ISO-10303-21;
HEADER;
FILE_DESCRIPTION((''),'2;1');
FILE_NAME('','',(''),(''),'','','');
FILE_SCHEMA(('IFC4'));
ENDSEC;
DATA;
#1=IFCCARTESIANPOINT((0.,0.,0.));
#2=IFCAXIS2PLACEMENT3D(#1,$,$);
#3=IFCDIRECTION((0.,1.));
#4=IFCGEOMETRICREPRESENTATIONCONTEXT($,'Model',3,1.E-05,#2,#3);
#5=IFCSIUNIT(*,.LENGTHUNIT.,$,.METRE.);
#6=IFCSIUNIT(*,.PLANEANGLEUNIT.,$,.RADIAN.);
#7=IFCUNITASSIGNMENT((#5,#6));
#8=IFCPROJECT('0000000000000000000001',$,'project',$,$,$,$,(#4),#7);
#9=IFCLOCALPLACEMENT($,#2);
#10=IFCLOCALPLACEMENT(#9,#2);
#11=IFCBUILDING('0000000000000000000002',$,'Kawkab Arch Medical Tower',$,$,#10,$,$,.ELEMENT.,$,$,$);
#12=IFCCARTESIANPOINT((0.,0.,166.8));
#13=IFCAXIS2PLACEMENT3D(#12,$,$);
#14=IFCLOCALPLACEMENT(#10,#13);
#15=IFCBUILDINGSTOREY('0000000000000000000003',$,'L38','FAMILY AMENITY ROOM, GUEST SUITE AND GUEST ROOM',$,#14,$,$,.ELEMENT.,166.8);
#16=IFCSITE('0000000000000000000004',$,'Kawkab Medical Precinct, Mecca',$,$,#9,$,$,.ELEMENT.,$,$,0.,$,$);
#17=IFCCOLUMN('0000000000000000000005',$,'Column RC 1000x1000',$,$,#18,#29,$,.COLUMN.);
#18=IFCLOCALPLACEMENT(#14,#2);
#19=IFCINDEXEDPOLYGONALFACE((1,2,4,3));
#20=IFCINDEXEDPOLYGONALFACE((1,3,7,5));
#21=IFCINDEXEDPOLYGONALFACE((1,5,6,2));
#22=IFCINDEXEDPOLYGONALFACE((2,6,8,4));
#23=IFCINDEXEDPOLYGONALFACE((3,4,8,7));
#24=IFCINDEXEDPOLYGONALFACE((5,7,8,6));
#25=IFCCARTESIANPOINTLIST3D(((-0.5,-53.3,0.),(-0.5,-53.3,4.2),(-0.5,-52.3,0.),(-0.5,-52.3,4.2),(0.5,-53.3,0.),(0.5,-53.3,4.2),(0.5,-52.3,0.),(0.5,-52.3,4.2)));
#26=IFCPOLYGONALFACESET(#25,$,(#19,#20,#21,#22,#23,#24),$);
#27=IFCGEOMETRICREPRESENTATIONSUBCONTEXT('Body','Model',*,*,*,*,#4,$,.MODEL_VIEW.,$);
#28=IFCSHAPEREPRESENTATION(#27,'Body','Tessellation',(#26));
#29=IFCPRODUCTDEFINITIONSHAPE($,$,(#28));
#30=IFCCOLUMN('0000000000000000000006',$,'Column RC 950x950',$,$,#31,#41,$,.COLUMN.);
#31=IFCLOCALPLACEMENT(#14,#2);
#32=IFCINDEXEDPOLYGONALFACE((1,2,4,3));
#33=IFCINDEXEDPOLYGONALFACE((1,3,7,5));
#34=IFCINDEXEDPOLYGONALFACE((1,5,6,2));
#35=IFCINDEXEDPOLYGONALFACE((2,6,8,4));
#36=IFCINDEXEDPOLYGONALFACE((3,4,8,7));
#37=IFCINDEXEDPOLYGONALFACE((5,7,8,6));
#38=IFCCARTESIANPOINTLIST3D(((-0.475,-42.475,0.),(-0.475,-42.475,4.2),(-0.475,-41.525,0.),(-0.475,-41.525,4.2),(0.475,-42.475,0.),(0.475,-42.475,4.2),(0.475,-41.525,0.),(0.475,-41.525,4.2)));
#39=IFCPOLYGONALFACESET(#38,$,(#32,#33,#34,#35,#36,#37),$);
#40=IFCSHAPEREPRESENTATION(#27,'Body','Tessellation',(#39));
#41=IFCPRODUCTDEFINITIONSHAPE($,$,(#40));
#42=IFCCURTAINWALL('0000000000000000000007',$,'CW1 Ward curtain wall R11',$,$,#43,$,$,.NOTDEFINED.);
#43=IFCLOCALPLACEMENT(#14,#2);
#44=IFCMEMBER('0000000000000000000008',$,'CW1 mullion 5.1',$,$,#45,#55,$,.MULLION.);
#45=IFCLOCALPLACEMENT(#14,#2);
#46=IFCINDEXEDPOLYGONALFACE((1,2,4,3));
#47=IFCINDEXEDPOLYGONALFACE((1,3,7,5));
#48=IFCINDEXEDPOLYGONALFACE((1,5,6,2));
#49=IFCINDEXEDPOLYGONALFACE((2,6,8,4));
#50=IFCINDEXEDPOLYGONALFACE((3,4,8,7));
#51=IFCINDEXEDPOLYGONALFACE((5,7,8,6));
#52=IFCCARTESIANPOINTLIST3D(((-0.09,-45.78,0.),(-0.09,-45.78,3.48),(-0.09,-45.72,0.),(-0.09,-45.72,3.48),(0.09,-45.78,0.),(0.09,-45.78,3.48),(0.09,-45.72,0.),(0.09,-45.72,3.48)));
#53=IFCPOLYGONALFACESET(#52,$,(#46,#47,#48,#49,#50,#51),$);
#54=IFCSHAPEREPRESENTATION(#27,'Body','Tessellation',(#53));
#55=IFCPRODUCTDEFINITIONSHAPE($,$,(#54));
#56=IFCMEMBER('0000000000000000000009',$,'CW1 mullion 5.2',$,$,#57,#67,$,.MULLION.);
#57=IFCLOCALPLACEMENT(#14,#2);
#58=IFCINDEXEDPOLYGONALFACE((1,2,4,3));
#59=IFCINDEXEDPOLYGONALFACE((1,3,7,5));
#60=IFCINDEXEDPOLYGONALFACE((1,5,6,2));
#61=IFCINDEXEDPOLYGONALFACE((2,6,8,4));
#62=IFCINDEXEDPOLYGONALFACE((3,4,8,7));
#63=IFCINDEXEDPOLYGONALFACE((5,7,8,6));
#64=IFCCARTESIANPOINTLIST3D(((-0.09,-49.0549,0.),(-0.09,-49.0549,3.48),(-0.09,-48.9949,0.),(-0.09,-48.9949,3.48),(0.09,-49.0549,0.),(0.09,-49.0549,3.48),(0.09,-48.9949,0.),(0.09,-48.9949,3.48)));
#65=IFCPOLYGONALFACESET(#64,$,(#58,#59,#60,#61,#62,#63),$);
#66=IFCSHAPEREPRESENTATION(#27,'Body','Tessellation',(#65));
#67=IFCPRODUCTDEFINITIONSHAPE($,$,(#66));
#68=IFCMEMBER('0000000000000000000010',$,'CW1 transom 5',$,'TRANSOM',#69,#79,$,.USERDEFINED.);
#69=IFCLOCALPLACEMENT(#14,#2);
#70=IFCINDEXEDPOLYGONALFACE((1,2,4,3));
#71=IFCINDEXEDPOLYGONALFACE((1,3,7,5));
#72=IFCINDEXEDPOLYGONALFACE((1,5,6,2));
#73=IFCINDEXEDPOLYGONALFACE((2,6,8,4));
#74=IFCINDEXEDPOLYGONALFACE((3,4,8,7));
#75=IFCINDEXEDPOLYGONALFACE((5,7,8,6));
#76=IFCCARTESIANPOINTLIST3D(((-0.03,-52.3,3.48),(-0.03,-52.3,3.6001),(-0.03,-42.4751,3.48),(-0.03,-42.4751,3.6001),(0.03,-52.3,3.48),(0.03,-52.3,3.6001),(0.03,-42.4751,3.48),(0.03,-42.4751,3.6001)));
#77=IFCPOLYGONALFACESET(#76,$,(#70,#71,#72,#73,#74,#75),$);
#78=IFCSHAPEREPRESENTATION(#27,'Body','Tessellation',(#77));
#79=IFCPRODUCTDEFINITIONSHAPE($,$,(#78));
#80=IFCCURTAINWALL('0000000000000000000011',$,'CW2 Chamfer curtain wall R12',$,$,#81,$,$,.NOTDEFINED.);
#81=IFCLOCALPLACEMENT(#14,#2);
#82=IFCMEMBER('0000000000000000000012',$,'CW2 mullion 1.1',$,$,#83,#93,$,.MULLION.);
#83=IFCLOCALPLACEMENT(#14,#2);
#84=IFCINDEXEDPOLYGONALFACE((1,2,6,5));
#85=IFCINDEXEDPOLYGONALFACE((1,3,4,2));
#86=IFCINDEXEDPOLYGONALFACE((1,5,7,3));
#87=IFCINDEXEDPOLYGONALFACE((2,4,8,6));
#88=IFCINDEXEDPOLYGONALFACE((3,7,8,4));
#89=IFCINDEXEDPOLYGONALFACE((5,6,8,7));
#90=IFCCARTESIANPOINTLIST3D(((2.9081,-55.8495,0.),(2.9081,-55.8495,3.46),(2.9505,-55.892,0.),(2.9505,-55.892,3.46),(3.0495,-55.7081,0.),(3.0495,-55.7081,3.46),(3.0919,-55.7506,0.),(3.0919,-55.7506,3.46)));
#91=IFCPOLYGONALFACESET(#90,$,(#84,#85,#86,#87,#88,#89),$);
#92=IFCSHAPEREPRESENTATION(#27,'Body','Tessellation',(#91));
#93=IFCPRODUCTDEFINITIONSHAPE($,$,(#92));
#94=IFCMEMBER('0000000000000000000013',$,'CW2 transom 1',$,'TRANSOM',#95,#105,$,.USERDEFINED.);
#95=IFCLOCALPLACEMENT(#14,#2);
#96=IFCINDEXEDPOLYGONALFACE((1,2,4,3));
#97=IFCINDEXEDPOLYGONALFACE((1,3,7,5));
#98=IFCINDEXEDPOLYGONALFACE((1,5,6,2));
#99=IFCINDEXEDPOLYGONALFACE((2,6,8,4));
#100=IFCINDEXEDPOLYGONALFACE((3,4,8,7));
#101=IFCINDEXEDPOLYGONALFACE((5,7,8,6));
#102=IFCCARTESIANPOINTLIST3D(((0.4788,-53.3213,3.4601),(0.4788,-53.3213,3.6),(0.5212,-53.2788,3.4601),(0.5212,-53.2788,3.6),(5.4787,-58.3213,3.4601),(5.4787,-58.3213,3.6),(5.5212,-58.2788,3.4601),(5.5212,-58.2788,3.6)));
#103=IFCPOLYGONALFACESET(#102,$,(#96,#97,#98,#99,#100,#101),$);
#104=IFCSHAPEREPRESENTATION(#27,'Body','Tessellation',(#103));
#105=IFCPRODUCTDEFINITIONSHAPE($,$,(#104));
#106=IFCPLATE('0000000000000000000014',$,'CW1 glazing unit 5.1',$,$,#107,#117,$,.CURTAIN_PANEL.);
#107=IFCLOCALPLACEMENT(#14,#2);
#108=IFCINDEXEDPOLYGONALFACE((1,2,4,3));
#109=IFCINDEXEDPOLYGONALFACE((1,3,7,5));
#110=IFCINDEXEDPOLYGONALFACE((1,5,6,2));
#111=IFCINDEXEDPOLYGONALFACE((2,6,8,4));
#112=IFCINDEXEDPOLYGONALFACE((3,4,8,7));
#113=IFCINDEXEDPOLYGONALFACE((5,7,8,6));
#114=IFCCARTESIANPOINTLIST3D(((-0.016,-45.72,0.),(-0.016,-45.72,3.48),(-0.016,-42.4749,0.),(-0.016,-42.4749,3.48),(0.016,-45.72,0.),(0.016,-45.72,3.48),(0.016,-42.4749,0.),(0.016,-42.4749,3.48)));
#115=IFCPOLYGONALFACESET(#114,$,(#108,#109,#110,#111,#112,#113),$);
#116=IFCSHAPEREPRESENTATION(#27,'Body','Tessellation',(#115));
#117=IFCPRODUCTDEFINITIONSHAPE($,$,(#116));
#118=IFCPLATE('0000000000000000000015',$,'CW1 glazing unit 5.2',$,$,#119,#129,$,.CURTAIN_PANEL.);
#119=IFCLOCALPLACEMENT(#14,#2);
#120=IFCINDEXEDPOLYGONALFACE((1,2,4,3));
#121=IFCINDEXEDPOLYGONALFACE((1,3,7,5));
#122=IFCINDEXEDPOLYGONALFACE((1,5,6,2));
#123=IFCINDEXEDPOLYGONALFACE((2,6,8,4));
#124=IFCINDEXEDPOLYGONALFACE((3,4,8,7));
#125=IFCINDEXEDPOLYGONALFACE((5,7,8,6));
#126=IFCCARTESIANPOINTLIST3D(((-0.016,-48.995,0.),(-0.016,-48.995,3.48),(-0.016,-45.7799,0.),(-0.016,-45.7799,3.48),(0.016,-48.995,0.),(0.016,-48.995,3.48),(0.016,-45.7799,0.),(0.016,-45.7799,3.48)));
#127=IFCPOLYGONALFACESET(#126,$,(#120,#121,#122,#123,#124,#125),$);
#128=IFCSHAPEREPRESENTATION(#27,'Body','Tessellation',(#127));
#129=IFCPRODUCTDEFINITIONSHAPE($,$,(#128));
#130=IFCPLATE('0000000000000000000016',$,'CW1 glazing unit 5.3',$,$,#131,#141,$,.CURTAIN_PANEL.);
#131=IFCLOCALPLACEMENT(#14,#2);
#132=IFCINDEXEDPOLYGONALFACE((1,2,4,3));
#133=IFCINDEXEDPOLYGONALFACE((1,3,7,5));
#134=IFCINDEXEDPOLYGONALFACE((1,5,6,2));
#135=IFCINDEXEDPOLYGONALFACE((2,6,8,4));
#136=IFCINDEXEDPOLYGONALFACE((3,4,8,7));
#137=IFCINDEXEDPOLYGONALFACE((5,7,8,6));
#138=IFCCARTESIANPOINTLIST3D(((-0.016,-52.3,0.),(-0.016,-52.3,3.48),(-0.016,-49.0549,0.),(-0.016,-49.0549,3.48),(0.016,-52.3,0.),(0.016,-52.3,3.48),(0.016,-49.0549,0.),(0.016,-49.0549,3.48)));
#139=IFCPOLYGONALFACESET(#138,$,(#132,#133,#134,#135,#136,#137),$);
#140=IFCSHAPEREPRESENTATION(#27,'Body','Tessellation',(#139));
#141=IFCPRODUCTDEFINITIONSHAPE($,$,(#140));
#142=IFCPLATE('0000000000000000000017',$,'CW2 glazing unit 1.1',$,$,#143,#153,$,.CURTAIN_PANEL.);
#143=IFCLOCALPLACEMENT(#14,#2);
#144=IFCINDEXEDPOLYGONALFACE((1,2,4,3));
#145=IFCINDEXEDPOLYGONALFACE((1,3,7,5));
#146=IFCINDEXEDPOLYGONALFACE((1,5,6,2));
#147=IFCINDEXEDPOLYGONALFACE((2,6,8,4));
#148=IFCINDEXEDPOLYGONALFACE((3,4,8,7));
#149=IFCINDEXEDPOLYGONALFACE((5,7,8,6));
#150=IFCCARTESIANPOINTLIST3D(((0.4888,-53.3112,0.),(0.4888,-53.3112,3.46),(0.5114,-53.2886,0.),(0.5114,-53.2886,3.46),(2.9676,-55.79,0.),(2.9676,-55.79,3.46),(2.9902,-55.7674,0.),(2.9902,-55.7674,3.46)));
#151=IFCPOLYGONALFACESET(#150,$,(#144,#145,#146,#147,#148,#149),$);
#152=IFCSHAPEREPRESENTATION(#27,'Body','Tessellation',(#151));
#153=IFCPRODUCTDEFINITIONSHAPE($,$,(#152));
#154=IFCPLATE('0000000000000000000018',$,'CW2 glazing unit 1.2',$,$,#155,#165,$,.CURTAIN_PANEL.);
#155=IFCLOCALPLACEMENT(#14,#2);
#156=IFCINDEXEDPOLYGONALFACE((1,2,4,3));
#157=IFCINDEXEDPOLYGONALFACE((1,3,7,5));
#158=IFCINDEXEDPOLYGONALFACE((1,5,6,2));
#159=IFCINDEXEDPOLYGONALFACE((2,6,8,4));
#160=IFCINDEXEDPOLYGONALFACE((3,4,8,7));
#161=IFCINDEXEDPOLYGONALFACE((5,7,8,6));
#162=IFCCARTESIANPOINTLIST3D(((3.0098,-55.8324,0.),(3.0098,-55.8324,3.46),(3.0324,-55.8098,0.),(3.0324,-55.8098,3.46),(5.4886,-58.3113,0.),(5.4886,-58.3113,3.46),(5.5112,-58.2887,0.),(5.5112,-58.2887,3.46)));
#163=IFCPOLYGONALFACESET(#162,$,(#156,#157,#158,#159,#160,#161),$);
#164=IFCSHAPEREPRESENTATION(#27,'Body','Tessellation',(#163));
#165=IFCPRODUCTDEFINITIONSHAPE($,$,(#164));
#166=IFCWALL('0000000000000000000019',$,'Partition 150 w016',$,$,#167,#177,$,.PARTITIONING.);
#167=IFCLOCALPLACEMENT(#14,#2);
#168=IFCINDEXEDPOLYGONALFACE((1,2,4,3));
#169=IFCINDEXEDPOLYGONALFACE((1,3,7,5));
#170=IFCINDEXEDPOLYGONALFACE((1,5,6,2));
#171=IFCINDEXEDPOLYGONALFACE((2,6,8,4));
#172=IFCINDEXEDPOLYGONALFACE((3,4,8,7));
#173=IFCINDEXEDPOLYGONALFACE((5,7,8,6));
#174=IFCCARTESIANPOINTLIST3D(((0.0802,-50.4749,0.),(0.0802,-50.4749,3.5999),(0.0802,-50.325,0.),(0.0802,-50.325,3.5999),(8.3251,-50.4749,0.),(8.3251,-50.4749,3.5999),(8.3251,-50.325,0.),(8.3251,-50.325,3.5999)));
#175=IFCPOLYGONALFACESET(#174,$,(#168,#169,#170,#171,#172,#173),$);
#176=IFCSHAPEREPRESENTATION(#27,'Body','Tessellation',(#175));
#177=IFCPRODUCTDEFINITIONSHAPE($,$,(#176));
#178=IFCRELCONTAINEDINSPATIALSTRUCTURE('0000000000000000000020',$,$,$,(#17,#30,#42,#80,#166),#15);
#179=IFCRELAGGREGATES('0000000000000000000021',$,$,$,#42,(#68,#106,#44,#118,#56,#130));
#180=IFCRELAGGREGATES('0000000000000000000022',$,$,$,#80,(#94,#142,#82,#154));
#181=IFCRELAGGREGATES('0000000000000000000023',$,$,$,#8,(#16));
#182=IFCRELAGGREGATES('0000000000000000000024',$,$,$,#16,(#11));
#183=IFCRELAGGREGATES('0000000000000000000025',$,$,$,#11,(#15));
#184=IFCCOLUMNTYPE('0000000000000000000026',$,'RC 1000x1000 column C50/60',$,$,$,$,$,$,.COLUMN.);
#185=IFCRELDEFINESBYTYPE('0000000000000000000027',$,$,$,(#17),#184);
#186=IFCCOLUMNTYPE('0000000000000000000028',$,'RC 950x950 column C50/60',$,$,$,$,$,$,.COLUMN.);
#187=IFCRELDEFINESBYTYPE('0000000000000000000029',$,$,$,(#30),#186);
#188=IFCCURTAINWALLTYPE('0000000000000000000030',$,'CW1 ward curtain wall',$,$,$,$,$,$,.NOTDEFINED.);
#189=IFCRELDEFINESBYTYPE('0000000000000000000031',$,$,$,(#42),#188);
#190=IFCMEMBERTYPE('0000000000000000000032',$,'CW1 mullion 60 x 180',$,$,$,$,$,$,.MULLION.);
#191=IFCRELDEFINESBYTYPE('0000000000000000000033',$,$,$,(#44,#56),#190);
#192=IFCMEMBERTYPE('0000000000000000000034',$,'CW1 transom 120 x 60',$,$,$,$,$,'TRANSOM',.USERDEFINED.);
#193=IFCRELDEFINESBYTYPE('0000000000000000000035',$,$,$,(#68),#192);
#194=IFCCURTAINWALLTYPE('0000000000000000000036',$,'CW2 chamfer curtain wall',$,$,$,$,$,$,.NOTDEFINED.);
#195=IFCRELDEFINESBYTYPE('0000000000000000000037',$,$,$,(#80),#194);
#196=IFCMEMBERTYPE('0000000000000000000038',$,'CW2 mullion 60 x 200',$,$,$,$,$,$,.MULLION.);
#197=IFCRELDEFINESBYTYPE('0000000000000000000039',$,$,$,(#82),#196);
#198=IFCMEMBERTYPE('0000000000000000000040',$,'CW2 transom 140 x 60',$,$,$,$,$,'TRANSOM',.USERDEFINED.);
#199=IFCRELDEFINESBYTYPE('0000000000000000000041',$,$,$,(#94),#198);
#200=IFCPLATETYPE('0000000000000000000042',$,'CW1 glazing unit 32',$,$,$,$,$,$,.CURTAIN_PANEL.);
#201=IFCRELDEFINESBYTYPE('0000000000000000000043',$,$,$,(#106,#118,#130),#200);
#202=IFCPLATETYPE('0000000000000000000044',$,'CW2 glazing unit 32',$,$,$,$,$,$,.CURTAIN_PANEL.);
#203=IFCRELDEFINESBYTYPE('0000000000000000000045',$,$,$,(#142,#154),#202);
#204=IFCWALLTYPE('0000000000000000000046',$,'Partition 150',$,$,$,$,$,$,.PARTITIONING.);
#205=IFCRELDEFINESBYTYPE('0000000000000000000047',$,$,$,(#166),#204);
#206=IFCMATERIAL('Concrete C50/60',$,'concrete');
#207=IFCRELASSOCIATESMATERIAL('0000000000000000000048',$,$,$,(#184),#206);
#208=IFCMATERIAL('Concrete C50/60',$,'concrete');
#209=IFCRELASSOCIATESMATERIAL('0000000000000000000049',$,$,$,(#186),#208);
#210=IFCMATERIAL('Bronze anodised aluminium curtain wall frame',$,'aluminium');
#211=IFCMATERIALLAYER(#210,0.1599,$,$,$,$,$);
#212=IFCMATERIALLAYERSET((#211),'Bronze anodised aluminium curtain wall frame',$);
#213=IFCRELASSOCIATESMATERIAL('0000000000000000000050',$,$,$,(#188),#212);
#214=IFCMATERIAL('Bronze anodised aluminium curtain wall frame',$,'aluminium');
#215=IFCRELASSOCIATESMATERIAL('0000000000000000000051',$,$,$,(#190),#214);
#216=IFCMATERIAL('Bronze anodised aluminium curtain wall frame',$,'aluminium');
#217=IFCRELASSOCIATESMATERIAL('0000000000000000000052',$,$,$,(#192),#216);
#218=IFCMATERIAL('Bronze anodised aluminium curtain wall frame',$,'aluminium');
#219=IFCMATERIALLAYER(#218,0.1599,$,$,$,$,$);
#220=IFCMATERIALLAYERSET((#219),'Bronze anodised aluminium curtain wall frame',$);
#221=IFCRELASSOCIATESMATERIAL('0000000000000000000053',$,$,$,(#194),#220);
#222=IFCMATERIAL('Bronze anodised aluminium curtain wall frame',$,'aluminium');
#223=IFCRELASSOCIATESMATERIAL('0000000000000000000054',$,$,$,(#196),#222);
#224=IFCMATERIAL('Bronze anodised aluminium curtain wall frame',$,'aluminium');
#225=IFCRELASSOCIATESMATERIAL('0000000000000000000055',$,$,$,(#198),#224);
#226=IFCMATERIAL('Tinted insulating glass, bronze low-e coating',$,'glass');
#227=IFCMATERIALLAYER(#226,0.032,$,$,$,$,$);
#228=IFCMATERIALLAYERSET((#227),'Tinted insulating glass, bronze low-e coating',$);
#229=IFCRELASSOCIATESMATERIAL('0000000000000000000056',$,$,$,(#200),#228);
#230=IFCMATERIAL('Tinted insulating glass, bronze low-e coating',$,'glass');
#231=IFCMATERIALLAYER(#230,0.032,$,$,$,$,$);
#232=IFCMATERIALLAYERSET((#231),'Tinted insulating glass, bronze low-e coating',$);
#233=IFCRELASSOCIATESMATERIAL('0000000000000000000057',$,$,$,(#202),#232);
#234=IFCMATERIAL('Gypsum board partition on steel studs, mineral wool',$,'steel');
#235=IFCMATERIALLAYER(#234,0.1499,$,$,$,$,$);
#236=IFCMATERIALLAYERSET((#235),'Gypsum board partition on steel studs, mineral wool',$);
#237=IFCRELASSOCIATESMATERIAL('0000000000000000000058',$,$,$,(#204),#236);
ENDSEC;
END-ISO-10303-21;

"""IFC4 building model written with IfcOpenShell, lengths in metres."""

from ifc_helpers import new_model, si_unit, direction, frame, frame_2d, origin, origin_2d, place, context, subcontext, project, spatial, rectangle, extrude, material, layer, layer_set, material_profile, profile_set, type_object, element, aggregate, save


model = new_model("IFC4")

# Units and contexts
model_context = context("Model", 3, precision=1e-05, world=origin(), true_north=direction((0.0, 1.0)))
body_context = subcontext(model_context, "Body", "Model", "MODEL_VIEW")
ifc_project = project(units=[si_unit("LENGTHUNIT", "METRE"), si_unit("PLANEANGLEUNIT", "RADIAN")], contexts=[model_context])

# Site, building, storey
site_placement = place(None, origin())
site = spatial("IfcSite", under=ifc_project, at=site_placement, Name="Kawkab Medical Precinct, Mecca", CompositionType="ELEMENT", RefElevation=0.0)
building_placement = place(site_placement, origin())
building = spatial("IfcBuilding", under=site, at=building_placement, Name="Kawkab Arch Medical Tower", CompositionType="ELEMENT")
storey_placement = place(building_placement, frame((0.0, 0.0, 166.8)))
storey = spatial("IfcBuildingStorey", under=building, at=storey_placement, Name="L38", Description="FAMILY AMENITY ROOM, GUEST SUITE AND GUEST ROOM", CompositionType="ELEMENT", Elevation=166.8)

# Columns
ifc_material_1 = material(Name="Concrete C50/60", Category="concrete")
ifc_material_profile_1 = material_profile(ifc_material_1, rectangle(XDim=1.0, YDim=1.0, at=origin_2d()), Name="RC 1000x1000")
ifc_profile_set_1 = profile_set([ifc_material_profile_1], Name="Concrete C50/60")
column_type_1 = type_object("IfcColumnType", Name="RC 1000x1000 column C50/60", PredefinedType="COLUMN", material=ifc_profile_set_1)
column_1_placement = place(storey_placement, frame((0.0, -52.8, 0.0), z_axis=(0.0, 0.0, 1.0), x_axis=(1.0, 0.0, 0.0)))
element("IfcColumn", 1, at=column_1_placement, inside=storey, type_object=column_type_1, Name="Column RC 1000x1000", PredefinedType="COLUMN", context=body_context, shape_type="SweptSolid", body=[
    extrude(rectangle(XDim=1.0, YDim=1.0, at=origin_2d()), origin(), (0.0, 0.0, 1.0), 4.2),
])
ifc_material_2 = material(Name="Concrete C50/60", Category="concrete")
ifc_material_profile_2 = material_profile(ifc_material_2, rectangle(XDim=0.95, YDim=0.95, at=origin_2d()), Name="RC 950x950")
ifc_profile_set_2 = profile_set([ifc_material_profile_2], Name="Concrete C50/60")
column_type_2 = type_object("IfcColumnType", Name="RC 950x950 column C50/60", PredefinedType="COLUMN", material=ifc_profile_set_2)
column_2_placement = place(storey_placement, frame((0.0, -42.0, 0.0), z_axis=(0.0, 0.0, 1.0), x_axis=(1.0, 0.0, 0.0)))
element("IfcColumn", 2, at=column_2_placement, inside=storey, type_object=column_type_2, Name="Column RC 950x950", PredefinedType="COLUMN", context=body_context, shape_type="SweptSolid", body=[
    extrude(rectangle(XDim=0.95, YDim=0.95, at=origin_2d()), origin(), (0.0, 0.0, 1.0), 4.2),
])

# Curtain walls, members
ifc_material_3 = material(Name="Bronze anodised aluminium curtain wall frame", Category="aluminium")
ifc_layer_1 = layer(ifc_material_3, 0.1599)
ifc_layer_set_1 = layer_set([ifc_layer_1], Name="Bronze anodised aluminium curtain wall frame")
curtain_wall_type_1 = type_object("IfcCurtainWallType", Name="CW1 ward curtain wall", PredefinedType="NOTDEFINED", material=ifc_layer_set_1)
placement = place(storey_placement, origin())
curtain_wall_1 = element("IfcCurtainWall", 3, at=placement, inside=storey, type_object=curtain_wall_type_1, Name="CW1 Ward curtain wall R11", PredefinedType="NOTDEFINED")
ifc_material_4 = material(Name="Bronze anodised aluminium curtain wall frame", Category="aluminium")
ifc_material_profile_3 = material_profile(ifc_material_4, rectangle(XDim=0.1799, YDim=0.0601, at=origin_2d()), Name="AL 60x180")
ifc_profile_set_3 = profile_set([ifc_material_profile_3], Name="Bronze anodised aluminium curtain wall frame")
member_type_1 = type_object("IfcMemberType", Name="CW1 mullion 60 x 180", PredefinedType="MULLION", material=ifc_profile_set_3)
member_1_placement = place(storey_placement, frame((0.0, -45.75, 0.0), z_axis=(0.0, 0.0, 1.0), x_axis=(1.0, 0.0, 0.0)))
member_1 = element("IfcMember", 4, at=member_1_placement, type_object=member_type_1, Name="CW1 mullion 5.1", PredefinedType="MULLION", context=body_context, shape_type="SweptSolid", body=[
    extrude(rectangle(XDim=0.1799, YDim=0.0601, at=origin_2d()), origin(), (0.0, 0.0, 1.0), 3.48),
])
member_2_placement = place(storey_placement, frame((0.0, -49.0249, 0.0), z_axis=(0.0, 0.0, 1.0), x_axis=(1.0, 0.0, 0.0)))
member_2 = element("IfcMember", 5, at=member_2_placement, type_object=member_type_1, Name="CW1 mullion 5.2", PredefinedType="MULLION", context=body_context, shape_type="SweptSolid", body=[
    extrude(rectangle(XDim=0.1799, YDim=0.0601, at=origin_2d()), origin(), (0.0, 0.0, 1.0), 3.48),
])
ifc_material_5 = material(Name="Bronze anodised aluminium curtain wall frame", Category="aluminium")
ifc_material_profile_4 = material_profile(ifc_material_5, rectangle(XDim=0.0601, YDim=0.1201, at=origin_2d()), Name="AL 60x120")
ifc_profile_set_4 = profile_set([ifc_material_profile_4], Name="Bronze anodised aluminium curtain wall frame")
member_type_2 = type_object("IfcMemberType", Name="CW1 transom 120 x 60", ElementType="TRANSOM", PredefinedType="USERDEFINED", material=ifc_profile_set_4)
member_3_placement = place(storey_placement, frame((0.0, -42.4751, 3.54), z_axis=(0.0, -1.0, 0.0), x_axis=(1.0, 0.0, 0.0)))
member_3 = element("IfcMember", 6, at=member_3_placement, type_object=member_type_2, Name="CW1 transom 5", ObjectType="TRANSOM", PredefinedType="USERDEFINED", context=body_context, shape_type="SweptSolid", body=[
    extrude(rectangle(XDim=0.0601, YDim=0.1201, at=origin_2d()), origin(), (0.0, 0.0, 1.0), 9.825),
])
ifc_material_6 = material(Name="Bronze anodised aluminium curtain wall frame", Category="aluminium")
ifc_layer_2 = layer(ifc_material_6, 0.1599)
ifc_layer_set_2 = layer_set([ifc_layer_2], Name="Bronze anodised aluminium curtain wall frame")
curtain_wall_type_2 = type_object("IfcCurtainWallType", Name="CW2 chamfer curtain wall", PredefinedType="NOTDEFINED", material=ifc_layer_set_2)
curtain_wall_2 = element("IfcCurtainWall", 7, at=placement, inside=storey, type_object=curtain_wall_type_2, Name="CW2 Chamfer curtain wall R12", PredefinedType="NOTDEFINED")
ifc_material_7 = material(Name="Bronze anodised aluminium curtain wall frame", Category="aluminium")
ifc_material_profile_5 = material_profile(ifc_material_7, rectangle(XDim=0.2, YDim=0.0601, at=origin_2d()), Name="AL 60x200")
ifc_profile_set_5 = profile_set([ifc_material_profile_5], Name="Bronze anodised aluminium curtain wall frame")
member_type_3 = type_object("IfcMemberType", Name="CW2 mullion 60 x 200", PredefinedType="MULLION", material=ifc_profile_set_5)
member_4_placement = place(storey_placement, frame((3.0, -55.8, 0.0), z_axis=(0.0, 0.0, 1.0), x_axis=(0.707107, 0.707107, 0.0)))
member_4 = element("IfcMember", 8, at=member_4_placement, type_object=member_type_3, Name="CW2 mullion 1.1", PredefinedType="MULLION", context=body_context, shape_type="SweptSolid", body=[
    extrude(rectangle(XDim=0.2, YDim=0.0601, at=origin_2d()), origin(), (0.0, 0.0, 1.0), 3.46),
])
ifc_material_8 = material(Name="Bronze anodised aluminium curtain wall frame", Category="aluminium")
ifc_material_profile_6 = material_profile(ifc_material_8, rectangle(XDim=0.0601, YDim=0.1399, at=origin_2d()), Name="AL 60x140")
ifc_profile_set_6 = profile_set([ifc_material_profile_6], Name="Bronze anodised aluminium curtain wall frame")
member_type_4 = type_object("IfcMemberType", Name="CW2 transom 140 x 60", ElementType="TRANSOM", PredefinedType="USERDEFINED", material=ifc_profile_set_6)
member_5_placement = place(storey_placement, frame((0.5, -53.3, 3.53), z_axis=(0.707107, -0.707107, 0.0), x_axis=(0.707107, 0.707107, 0.0)))
member_5 = element("IfcMember", 9, at=member_5_placement, type_object=member_type_4, Name="CW2 transom 1", ObjectType="TRANSOM", PredefinedType="USERDEFINED", context=body_context, shape_type="SweptSolid", body=[
    extrude(rectangle(XDim=0.0601, YDim=0.1399, at=origin_2d()), origin(), (0.0, 0.0, 1.0), 7.071),
])

# Plates
ifc_material_9 = material(Name="Tinted insulating glass, bronze low-e coating", Category="glass")
ifc_layer_3 = layer(ifc_material_9, 0.032)
ifc_layer_set_3 = layer_set([ifc_layer_3], Name="Tinted insulating glass, bronze low-e coating")
plate_type_1 = type_object("IfcPlateType", Name="CW1 glazing unit 32", PredefinedType="CURTAIN_PANEL", material=ifc_layer_set_3)
plate_1_placement = place(storey_placement, frame((0.0, -44.0974, 0.0), z_axis=(0.0, 0.0, 1.0), x_axis=(0.0, -1.0, 0.0)))
plate_1 = element("IfcPlate", 10, at=plate_1_placement, type_object=plate_type_1, Name="CW1 glazing unit 5.1", PredefinedType="CURTAIN_PANEL", context=body_context, shape_type="SweptSolid", body=[
    extrude(rectangle(XDim=3.2451, YDim=0.032, at=origin_2d()), origin(), (0.0, 0.0, 1.0), 3.48),
])
plate_2_placement = place(storey_placement, frame((0.0, -47.3875, 0.0), z_axis=(0.0, 0.0, 1.0), x_axis=(0.0, -1.0, 0.0)))
plate_2 = element("IfcPlate", 11, at=plate_2_placement, type_object=plate_type_1, Name="CW1 glazing unit 5.2", PredefinedType="CURTAIN_PANEL", context=body_context, shape_type="SweptSolid", body=[
    extrude(rectangle(XDim=3.2151, YDim=0.032, at=origin_2d()), origin(), (0.0, 0.0, 1.0), 3.48),
])
plate_3_placement = place(storey_placement, frame((0.0, -50.6775, 0.0), z_axis=(0.0, 0.0, 1.0), x_axis=(0.0, -1.0, 0.0)))
plate_3 = element("IfcPlate", 12, at=plate_3_placement, type_object=plate_type_1, Name="CW1 glazing unit 5.3", PredefinedType="CURTAIN_PANEL", context=body_context, shape_type="SweptSolid", body=[
    extrude(rectangle(XDim=3.2451, YDim=0.032, at=origin_2d()), origin(), (0.0, 0.0, 1.0), 3.48),
])
aggregate(curtain_wall_1, [member_3, plate_1, member_1, plate_2, member_2, plate_3])
ifc_material_10 = material(Name="Tinted insulating glass, bronze low-e coating", Category="glass")
ifc_layer_4 = layer(ifc_material_10, 0.032)
ifc_layer_set_4 = layer_set([ifc_layer_4], Name="Tinted insulating glass, bronze low-e coating")
plate_type_2 = type_object("IfcPlateType", Name="CW2 glazing unit 32", PredefinedType="CURTAIN_PANEL", material=ifc_layer_set_4)
plate_4_placement = place(storey_placement, frame((1.7395, -54.5393, 0.0), z_axis=(0.0, 0.0, 1.0), x_axis=(0.707107, -0.707107, 0.0)))
plate_4 = element("IfcPlate", 13, at=plate_4_placement, type_object=plate_type_2, Name="CW2 glazing unit 1.1", PredefinedType="CURTAIN_PANEL", context=body_context, shape_type="SweptSolid", body=[
    extrude(rectangle(XDim=3.5056, YDim=0.032, at=origin_2d()), origin(), (0.0, 0.0, 1.0), 3.46),
])
plate_5_placement = place(storey_placement, frame((4.2605, -57.0605, 0.0), z_axis=(0.0, 0.0, 1.0), x_axis=(0.707107, -0.707107, 0.0)))
plate_5 = element("IfcPlate", 14, at=plate_5_placement, type_object=plate_type_2, Name="CW2 glazing unit 1.2", PredefinedType="CURTAIN_PANEL", context=body_context, shape_type="SweptSolid", body=[
    extrude(rectangle(XDim=3.5056, YDim=0.032, at=origin_2d()), origin(), (0.0, 0.0, 1.0), 3.46),
])
aggregate(curtain_wall_2, [member_5, plate_4, member_4, plate_5])

# Wall
ifc_material_11 = material(Name="Gypsum board partition on steel studs, mineral wool", Category="steel")
ifc_layer_5 = layer(ifc_material_11, 0.1499)
ifc_layer_set_5 = layer_set([ifc_layer_5], Name="Gypsum board partition on steel studs, mineral wool")
wall_type = type_object("IfcWallType", Name="Partition 150", PredefinedType="PARTITIONING", material=ifc_layer_set_5)
for number, where, z_axis, x_axis, name in (
    (15, (0.0801, -50.3999, 0.0), (0.0, 0.0, 1.0), (1.0, 0.0, 0.0), "Partition 150 w016"),
):
    element("IfcWall", number, at=place(storey_placement, frame(where, z_axis=z_axis, x_axis=x_axis)), inside=storey, type_object=wall_type, Name=name, PredefinedType="PARTITIONING", context=body_context, shape_type="SweptSolid", body=[
        extrude(rectangle(XDim=8.2449, YDim=0.1499, at=frame_2d((4.1226, 0.0))), origin(), (0.0, 0.0, 1.0), 3.5999),
    ])

save(model, "model.ifc")
